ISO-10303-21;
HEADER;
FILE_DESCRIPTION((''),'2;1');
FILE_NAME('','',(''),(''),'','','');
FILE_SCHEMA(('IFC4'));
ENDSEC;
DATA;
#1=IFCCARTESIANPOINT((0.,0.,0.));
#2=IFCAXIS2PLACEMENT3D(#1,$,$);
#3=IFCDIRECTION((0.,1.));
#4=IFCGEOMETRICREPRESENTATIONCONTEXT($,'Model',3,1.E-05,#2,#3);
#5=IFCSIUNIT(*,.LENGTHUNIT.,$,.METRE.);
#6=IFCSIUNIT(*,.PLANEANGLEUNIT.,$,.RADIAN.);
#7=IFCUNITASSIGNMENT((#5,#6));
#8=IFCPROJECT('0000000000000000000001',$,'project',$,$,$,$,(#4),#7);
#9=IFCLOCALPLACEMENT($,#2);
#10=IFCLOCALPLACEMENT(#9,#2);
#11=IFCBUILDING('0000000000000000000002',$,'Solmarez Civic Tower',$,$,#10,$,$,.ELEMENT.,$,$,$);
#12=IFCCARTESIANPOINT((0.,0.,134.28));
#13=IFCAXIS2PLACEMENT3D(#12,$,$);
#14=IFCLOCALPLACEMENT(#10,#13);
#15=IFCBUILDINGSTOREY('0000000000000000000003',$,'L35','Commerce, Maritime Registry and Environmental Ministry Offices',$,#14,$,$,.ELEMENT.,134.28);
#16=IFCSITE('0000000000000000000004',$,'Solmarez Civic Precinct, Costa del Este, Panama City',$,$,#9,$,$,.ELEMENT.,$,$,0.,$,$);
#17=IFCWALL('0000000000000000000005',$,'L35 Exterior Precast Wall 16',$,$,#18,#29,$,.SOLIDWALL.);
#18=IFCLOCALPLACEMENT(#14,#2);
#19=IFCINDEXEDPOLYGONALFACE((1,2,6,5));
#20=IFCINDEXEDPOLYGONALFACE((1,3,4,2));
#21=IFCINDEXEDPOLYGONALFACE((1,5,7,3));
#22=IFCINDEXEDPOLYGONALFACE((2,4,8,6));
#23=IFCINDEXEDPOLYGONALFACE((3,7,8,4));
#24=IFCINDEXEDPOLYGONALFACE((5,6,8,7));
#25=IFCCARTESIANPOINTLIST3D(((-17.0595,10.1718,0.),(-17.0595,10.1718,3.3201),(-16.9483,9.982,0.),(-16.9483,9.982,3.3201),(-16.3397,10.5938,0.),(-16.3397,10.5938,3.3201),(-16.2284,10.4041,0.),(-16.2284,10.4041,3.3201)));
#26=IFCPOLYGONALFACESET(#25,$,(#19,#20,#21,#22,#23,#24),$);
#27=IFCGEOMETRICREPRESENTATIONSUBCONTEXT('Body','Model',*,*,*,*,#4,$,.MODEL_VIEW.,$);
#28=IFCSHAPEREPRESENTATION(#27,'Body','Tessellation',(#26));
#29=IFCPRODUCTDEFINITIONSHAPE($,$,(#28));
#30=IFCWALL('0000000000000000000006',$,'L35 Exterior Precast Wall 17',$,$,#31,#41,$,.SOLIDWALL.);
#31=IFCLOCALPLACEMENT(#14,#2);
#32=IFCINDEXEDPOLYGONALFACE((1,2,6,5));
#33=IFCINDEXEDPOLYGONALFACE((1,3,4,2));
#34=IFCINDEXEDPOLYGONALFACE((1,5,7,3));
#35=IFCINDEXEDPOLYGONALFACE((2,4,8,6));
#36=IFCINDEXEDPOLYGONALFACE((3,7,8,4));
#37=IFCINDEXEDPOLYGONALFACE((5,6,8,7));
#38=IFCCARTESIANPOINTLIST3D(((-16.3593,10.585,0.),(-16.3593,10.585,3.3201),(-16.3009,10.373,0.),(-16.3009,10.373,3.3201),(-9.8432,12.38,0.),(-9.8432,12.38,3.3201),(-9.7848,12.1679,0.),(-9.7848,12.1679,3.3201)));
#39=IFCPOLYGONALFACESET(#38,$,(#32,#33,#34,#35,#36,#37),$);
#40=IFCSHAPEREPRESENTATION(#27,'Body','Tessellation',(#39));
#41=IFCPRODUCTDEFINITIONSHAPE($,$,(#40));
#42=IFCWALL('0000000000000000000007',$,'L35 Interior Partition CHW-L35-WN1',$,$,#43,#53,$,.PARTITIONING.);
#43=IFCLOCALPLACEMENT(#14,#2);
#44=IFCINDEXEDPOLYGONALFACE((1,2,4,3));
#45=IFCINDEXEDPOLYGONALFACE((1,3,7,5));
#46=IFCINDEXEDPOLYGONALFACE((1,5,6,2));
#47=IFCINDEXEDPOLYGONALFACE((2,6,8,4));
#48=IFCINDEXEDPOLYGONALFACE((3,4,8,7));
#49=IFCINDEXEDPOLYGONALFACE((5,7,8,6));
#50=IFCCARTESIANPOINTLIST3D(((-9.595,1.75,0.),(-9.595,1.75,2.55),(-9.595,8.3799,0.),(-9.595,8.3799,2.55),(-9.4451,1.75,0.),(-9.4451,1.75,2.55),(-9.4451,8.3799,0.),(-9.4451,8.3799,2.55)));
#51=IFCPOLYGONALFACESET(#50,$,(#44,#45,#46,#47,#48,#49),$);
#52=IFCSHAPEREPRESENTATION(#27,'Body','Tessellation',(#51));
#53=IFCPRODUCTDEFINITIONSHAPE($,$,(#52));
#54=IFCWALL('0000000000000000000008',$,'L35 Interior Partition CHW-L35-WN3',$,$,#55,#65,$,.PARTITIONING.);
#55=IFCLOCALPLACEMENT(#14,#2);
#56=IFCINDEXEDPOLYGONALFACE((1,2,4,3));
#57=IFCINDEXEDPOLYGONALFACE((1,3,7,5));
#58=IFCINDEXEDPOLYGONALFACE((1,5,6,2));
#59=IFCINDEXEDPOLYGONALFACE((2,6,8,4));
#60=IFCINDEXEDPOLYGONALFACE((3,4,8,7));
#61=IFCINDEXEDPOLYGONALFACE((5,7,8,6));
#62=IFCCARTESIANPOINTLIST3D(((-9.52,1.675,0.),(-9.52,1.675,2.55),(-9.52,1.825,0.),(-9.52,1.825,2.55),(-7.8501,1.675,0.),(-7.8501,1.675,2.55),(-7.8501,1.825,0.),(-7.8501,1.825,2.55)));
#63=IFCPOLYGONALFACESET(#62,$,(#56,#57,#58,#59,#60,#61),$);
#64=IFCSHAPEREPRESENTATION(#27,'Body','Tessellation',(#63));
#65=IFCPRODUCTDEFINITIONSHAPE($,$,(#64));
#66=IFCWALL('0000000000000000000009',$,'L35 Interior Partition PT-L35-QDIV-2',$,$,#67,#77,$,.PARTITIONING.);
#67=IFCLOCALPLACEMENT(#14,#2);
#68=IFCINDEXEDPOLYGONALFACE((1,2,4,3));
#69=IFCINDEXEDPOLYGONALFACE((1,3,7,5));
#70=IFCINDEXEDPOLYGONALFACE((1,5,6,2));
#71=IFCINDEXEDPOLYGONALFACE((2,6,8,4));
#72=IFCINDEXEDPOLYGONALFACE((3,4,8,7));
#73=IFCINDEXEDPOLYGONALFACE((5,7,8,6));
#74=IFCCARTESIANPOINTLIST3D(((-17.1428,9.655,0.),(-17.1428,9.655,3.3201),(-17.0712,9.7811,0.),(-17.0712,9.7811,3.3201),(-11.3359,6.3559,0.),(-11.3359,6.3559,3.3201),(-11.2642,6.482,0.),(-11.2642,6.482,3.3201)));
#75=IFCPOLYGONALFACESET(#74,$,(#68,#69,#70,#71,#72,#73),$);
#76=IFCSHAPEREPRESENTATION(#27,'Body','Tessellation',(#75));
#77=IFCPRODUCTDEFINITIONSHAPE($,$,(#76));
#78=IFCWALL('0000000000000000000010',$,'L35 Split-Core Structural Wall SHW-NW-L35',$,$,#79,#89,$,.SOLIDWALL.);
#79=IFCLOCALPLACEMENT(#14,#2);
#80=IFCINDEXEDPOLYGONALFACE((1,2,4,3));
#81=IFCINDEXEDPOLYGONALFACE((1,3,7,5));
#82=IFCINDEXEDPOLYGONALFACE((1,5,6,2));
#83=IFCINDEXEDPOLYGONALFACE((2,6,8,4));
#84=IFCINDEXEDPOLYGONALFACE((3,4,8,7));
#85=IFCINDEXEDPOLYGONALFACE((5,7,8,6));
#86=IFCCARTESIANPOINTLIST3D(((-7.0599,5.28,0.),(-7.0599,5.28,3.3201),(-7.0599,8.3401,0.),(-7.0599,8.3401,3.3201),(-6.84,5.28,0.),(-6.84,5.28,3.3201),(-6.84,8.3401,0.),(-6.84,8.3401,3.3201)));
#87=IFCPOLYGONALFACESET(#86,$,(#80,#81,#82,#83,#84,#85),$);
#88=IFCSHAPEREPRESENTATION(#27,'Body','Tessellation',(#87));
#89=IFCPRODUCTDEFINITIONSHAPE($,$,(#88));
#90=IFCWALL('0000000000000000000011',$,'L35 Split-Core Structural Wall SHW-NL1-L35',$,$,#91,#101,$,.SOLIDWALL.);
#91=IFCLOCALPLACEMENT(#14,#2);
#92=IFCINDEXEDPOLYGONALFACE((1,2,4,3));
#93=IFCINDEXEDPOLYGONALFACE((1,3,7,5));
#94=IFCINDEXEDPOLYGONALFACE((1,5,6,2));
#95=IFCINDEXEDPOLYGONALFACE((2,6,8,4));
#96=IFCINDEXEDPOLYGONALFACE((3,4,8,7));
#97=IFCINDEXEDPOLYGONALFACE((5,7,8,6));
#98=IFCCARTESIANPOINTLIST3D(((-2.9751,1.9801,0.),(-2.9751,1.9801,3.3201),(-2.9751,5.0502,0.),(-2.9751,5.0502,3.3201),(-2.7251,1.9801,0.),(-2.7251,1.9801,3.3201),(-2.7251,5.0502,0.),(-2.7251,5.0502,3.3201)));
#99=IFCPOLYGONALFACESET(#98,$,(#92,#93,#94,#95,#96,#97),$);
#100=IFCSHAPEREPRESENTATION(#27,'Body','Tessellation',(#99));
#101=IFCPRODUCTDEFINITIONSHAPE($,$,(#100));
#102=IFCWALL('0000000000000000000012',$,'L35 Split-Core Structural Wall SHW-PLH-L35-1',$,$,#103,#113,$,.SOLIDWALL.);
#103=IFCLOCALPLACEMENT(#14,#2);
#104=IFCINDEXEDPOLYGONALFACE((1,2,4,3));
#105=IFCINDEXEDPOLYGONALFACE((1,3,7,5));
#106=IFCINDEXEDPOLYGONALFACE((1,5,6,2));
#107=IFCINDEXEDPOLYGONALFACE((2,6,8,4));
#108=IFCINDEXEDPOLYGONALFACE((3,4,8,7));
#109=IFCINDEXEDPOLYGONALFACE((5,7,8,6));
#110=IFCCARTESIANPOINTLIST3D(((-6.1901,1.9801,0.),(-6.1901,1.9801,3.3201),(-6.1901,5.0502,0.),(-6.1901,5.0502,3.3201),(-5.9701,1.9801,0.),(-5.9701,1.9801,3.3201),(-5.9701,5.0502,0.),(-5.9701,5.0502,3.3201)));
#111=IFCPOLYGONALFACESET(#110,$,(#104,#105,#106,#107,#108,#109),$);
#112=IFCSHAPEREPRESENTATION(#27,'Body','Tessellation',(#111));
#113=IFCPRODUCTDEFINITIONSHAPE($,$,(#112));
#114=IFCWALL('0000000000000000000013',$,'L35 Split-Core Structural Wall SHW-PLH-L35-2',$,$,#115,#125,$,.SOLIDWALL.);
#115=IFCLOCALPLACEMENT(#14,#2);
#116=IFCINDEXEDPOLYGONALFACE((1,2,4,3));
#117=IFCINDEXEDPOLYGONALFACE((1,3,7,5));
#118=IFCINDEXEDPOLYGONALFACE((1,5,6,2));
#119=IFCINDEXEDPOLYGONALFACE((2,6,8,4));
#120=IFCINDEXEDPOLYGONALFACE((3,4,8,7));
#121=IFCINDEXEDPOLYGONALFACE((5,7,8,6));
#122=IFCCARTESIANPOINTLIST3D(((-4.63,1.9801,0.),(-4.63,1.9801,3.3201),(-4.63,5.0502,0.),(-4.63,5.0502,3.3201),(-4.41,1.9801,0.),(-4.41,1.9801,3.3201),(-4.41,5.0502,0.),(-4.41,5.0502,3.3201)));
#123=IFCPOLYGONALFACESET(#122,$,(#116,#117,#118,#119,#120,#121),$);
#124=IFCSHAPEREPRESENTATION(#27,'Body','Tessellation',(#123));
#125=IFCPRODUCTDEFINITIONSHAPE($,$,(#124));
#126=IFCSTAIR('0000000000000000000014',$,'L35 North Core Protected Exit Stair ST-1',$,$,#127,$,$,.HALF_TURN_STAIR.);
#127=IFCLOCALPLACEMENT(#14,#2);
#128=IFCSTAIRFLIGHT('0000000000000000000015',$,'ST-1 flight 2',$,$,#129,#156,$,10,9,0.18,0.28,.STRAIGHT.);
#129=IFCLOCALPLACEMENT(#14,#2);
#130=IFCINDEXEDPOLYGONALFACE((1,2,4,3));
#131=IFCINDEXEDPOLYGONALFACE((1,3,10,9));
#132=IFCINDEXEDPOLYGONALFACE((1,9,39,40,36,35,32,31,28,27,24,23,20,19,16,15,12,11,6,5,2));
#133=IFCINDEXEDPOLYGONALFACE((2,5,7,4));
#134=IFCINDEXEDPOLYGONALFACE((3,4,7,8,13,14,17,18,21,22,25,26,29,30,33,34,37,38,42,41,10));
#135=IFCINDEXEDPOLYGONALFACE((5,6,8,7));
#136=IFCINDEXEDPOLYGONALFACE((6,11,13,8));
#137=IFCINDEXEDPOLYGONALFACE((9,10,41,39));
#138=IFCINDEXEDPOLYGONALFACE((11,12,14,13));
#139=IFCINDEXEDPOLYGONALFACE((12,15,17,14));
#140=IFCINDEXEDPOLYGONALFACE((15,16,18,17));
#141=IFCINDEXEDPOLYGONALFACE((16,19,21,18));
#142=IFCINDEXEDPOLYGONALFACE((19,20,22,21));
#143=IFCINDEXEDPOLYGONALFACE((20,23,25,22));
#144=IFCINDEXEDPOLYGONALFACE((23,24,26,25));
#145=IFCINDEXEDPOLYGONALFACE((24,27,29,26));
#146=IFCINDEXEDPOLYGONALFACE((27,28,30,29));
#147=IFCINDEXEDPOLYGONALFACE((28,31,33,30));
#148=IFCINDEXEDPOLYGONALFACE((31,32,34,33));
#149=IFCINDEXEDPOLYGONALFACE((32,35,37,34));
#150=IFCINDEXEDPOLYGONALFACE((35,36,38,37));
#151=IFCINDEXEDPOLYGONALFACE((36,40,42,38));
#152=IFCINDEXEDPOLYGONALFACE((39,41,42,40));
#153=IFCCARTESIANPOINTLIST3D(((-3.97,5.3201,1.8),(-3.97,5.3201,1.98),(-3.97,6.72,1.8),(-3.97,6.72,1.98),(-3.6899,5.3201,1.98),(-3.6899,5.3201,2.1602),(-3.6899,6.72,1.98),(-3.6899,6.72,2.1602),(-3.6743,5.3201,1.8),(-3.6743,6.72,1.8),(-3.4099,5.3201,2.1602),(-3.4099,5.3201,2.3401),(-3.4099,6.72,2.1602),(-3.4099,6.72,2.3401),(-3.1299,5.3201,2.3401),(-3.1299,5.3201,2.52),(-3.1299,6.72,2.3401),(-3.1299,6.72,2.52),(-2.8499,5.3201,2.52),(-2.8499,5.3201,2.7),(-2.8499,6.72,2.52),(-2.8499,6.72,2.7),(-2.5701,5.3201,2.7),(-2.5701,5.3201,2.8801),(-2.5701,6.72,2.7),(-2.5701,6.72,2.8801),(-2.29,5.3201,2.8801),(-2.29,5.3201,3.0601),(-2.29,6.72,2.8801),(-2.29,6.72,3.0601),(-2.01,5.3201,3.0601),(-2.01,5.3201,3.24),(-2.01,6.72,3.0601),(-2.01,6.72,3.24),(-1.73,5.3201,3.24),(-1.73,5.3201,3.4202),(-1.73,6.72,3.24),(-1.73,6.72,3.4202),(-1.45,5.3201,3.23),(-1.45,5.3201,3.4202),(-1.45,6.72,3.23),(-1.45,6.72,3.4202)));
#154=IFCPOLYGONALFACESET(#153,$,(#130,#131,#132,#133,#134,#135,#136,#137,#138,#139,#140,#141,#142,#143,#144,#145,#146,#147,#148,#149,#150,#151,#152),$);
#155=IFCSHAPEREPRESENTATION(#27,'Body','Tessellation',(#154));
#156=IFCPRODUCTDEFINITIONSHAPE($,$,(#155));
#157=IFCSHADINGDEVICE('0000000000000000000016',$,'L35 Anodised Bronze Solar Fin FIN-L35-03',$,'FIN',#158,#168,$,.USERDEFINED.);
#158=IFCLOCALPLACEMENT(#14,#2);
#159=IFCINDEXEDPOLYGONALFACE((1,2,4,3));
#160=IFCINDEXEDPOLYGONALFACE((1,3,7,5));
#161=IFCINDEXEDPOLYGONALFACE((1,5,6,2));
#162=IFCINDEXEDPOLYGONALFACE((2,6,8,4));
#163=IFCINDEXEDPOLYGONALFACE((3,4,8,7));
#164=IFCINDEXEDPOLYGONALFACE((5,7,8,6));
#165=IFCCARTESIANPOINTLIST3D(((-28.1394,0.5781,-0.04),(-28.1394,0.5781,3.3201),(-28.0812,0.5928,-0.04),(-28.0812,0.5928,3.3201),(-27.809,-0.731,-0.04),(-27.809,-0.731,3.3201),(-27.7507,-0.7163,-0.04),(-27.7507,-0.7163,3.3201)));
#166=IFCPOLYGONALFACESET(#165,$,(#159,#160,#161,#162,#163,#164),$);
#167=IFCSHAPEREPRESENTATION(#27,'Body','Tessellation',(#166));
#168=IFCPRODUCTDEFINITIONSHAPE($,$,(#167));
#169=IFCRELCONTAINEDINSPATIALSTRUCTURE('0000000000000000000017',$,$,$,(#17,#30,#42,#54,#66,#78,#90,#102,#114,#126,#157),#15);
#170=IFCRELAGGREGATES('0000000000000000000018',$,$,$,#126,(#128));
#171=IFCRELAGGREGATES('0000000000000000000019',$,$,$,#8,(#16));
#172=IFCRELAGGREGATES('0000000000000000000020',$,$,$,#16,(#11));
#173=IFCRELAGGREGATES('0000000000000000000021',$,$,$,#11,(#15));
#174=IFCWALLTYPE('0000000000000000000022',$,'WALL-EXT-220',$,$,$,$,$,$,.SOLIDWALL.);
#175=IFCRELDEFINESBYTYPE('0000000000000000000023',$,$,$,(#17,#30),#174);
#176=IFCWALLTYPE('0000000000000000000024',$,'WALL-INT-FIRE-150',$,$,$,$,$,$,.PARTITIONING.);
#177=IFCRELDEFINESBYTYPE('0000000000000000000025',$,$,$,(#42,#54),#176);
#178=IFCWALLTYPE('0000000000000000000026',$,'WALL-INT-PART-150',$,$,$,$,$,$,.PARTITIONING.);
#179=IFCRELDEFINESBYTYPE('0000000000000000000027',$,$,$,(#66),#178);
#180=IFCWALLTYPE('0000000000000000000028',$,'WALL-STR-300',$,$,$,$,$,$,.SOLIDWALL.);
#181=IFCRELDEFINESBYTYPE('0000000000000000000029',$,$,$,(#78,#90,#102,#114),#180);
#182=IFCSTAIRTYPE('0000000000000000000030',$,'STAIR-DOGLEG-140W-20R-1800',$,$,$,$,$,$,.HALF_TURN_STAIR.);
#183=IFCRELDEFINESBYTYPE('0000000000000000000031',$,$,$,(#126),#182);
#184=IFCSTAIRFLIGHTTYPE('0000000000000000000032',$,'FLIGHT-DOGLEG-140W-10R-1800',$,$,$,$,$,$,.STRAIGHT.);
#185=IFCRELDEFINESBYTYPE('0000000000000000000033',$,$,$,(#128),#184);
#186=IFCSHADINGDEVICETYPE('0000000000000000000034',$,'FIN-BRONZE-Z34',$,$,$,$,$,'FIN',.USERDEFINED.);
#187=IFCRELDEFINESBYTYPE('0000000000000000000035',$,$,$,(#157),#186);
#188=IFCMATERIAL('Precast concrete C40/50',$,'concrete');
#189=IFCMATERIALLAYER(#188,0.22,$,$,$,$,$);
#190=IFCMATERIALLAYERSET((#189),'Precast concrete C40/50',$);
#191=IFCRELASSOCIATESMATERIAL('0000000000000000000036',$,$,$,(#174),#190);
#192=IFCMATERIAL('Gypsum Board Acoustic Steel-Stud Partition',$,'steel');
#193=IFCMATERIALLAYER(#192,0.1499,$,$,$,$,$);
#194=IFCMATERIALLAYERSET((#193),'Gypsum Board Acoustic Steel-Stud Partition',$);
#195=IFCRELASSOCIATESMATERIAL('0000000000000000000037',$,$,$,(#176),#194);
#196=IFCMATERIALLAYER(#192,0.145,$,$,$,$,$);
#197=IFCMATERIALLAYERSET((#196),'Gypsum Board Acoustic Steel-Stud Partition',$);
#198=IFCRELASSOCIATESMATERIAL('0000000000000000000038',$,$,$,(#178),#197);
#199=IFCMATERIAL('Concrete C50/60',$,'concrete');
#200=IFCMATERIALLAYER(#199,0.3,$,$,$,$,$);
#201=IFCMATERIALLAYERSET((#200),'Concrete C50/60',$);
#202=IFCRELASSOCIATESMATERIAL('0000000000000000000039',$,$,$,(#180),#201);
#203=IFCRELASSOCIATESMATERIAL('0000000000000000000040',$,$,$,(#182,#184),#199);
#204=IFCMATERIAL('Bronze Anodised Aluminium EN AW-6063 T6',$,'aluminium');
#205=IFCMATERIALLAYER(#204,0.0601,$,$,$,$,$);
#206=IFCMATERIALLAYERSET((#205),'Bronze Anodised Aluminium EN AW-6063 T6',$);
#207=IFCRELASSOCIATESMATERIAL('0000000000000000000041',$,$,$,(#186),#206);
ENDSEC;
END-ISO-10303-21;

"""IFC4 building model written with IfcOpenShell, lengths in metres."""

from ifc_helpers import new_model, si_unit, direction, frame, frame_2d, origin, origin_2d, place, context, subcontext, project, spatial, polyline, rectangle, outline, extrude, material, layer, layer_set, type_object, element, aggregate, save


model = new_model("IFC4")

# Units and contexts
model_context = context("Model", 3, precision=1e-05, world=origin(), true_north=direction((0.0, 1.0)))
body_context = subcontext(model_context, "Body", "Model", "MODEL_VIEW")
ifc_project = project(units=[si_unit("LENGTHUNIT", "METRE"), si_unit("PLANEANGLEUNIT", "RADIAN")], contexts=[model_context])

# Site, building, storey
site_placement = place(None, origin())
site = spatial("IfcSite", under=ifc_project, at=site_placement, Name="Solmarez Civic Precinct, Costa del Este, Panama City", CompositionType="ELEMENT", RefElevation=0.0)
building_placement = place(site_placement, origin())
building = spatial("IfcBuilding", under=site, at=building_placement, Name="Solmarez Civic Tower", CompositionType="ELEMENT")
storey_placement = place(building_placement, frame((0.0, 0.0, 134.28)))
storey = spatial("IfcBuildingStorey", under=building, at=storey_placement, Name="L35", Description="Commerce, Maritime Registry and Environmental Ministry Offices", CompositionType="ELEMENT", Elevation=134.28)

# Shared definitions
ifc_material_1 = material(Name="Concrete C50/60", Category="concrete")

# Shared definitions
ifc_material_2 = material(Name="Precast concrete C40/50", Category="concrete")
ifc_layer_1 = layer(ifc_material_2, 0.22)
ifc_layer_set_1 = layer_set([ifc_layer_1], Name="Precast concrete C40/50")
wall_type_1 = type_object("IfcWallType", Name="WALL-EXT-220", PredefinedType="SOLIDWALL", material=ifc_layer_set_1)

# Walls
wall_1_placement = place(storey_placement, frame((-17.0039, 10.0769, 0.0), z_axis=(0.0, 0.0, 1.0), x_axis=(0.862663, 0.50578, 0.0)))
element("IfcWall", 1, at=wall_1_placement, inside=storey, type_object=wall_type_1, Name="L35 Exterior Precast Wall 16", PredefinedType="SOLIDWALL", context=body_context, shape_type="SweptSolid", body=[
    extrude(rectangle(XDim=0.8345, YDim=0.22, at=frame_2d((0.4172, 0.0))), origin(), (0.0, 0.0, 1.0), 3.3201),
])
wall_2_placement = place(storey_placement, frame((-16.3301, 10.479, 0.0), z_axis=(0.0, 0.0, 1.0), x_axis=(0.964092, 0.265568, 0.0)))
element("IfcWall", 2, at=wall_2_placement, inside=storey, type_object=wall_type_1, Name="L35 Exterior Precast Wall 17", PredefinedType="SOLIDWALL", context=body_context, shape_type="SweptSolid", body=[
    extrude(rectangle(XDim=6.7588, YDim=0.22, at=frame_2d((3.3794, 0.0))), origin(), (0.0, 0.0, 1.0), 3.3201),
])
ifc_material_3 = material(Name="Gypsum Board Acoustic Steel-Stud Partition", Category="steel")
ifc_layer_2 = layer(ifc_material_3, 0.1499)
ifc_layer_set_2 = layer_set([ifc_layer_2], Name="Gypsum Board Acoustic Steel-Stud Partition")
wall_type_2 = type_object("IfcWallType", Name="WALL-INT-FIRE-150", PredefinedType="PARTITIONING", material=ifc_layer_set_2)
wall_3_placement = place(storey_placement, frame((-9.52, 1.75, 0.0), z_axis=(0.0, 0.0, 1.0), x_axis=(0.0, 1.0, 0.0)))
element("IfcWall", 3, at=wall_3_placement, inside=storey, type_object=wall_type_2, Name="L35 Interior Partition CHW-L35-WN1", PredefinedType="PARTITIONING", context=body_context, shape_type="SweptSolid", body=[
    extrude(rectangle(XDim=6.6299, YDim=0.1499, at=frame_2d((3.3149, 0.0))), origin(), (0.0, 0.0, 1.0), 2.55),
])
wall_4_placement = place(storey_placement, frame((-7.8501, 1.75, 0.0), z_axis=(0.0, 0.0, 1.0), x_axis=(-1.0, 0.0, 0.0)))
element("IfcWall", 4, at=wall_4_placement, inside=storey, type_object=wall_type_2, Name="L35 Interior Partition CHW-L35-WN3", PredefinedType="PARTITIONING", context=body_context, shape_type="SweptSolid", body=[
    extrude(rectangle(XDim=1.6699, YDim=0.1499, at=frame_2d((0.835, 0.0))), origin(), (0.0, 0.0, 1.0), 2.55),
])
ifc_layer_3 = layer(ifc_material_3, 0.145)
ifc_layer_set_3 = layer_set([ifc_layer_3], Name="Gypsum Board Acoustic Steel-Stud Partition")
wall_type_3 = type_object("IfcWallType", Name="WALL-INT-PART-150", PredefinedType="PARTITIONING", material=ifc_layer_set_3)
wall_5_placement = place(storey_placement, frame((-11.3, 6.4189, 0.0), z_axis=(0.0, 0.0, 1.0), x_axis=(-0.869475, 0.493976, 0.0)))
element("IfcWall", 5, at=wall_5_placement, inside=storey, type_object=wall_type_3, Name="L35 Interior Partition PT-L35-QDIV-2", PredefinedType="PARTITIONING", context=body_context, shape_type="SweptSolid", body=[
    extrude(rectangle(XDim=6.6787, YDim=0.145, at=frame_2d((3.3394, 0.0))), origin(), (0.0, 0.0, 1.0), 3.3201),
])
ifc_layer_4 = layer(ifc_material_1, 0.3)
ifc_layer_set_4 = layer_set([ifc_layer_4], Name="Concrete C50/60")
wall_type_4 = type_object("IfcWallType", Name="WALL-STR-300", PredefinedType="SOLIDWALL", material=ifc_layer_set_4)
wall_6_placement = place(storey_placement, frame((-6.95, 5.28, 0.0), z_axis=(0.0, 0.0, 1.0), x_axis=(0.0, 1.0, 0.0)))
element("IfcWall", 6, at=wall_6_placement, inside=storey, type_object=wall_type_4, Name="L35 Split-Core Structural Wall SHW-NW-L35", PredefinedType="SOLIDWALL", context=body_context, shape_type="SweptSolid", body=[
    extrude(rectangle(XDim=3.0601, YDim=0.22, at=frame_2d((1.53, 0.0))), origin(), (0.0, 0.0, 1.0), 3.3201),
])
wall_7_placement = place(storey_placement, frame((-2.8501, 1.98, 0.0), z_axis=(0.0, 0.0, 1.0), x_axis=(0.0, 1.0, 0.0)))
element("IfcWall", 7, at=wall_7_placement, inside=storey, type_object=wall_type_4, Name="L35 Split-Core Structural Wall SHW-NL1-L35", PredefinedType="SOLIDWALL", context=body_context, shape_type="SweptSolid", body=[
    extrude(rectangle(XDim=3.0701, YDim=0.25, at=frame_2d((1.5352, 0.0))), origin(), (0.0, 0.0, 1.0), 3.3201),
])
for number, where, z_axis, x_axis, name in (
    (8, (-6.0801, 1.98, 0.0), (0.0, 0.0, 1.0), (0.0, 1.0, 0.0), "L35 Split-Core Structural Wall SHW-PLH-L35-1"),
    (9, (-4.52, 1.98, 0.0), (0.0, 0.0, 1.0), (0.0, 1.0, 0.0), "L35 Split-Core Structural Wall SHW-PLH-L35-2"),
):
    element("IfcWall", number, at=place(storey_placement, frame(where, z_axis=z_axis, x_axis=x_axis)), inside=storey, type_object=wall_type_4, Name=name, PredefinedType="SOLIDWALL", context=body_context, shape_type="SweptSolid", body=[
        extrude(rectangle(XDim=3.0701, YDim=0.22, at=frame_2d((1.5352, 0.0))), origin(), (0.0, 0.0, 1.0), 3.3201),
    ])

# Stair, stair flight
stair_type = type_object("IfcStairType", Name="STAIR-DOGLEG-140W-20R-1800", PredefinedType="HALF_TURN_STAIR", material=ifc_material_1)
stair_placement = place(storey_placement, origin())
stair = element("IfcStair", 10, at=stair_placement, inside=storey, type_object=stair_type, Name="L35 North Core Protected Exit Stair ST-1", PredefinedType="HALF_TURN_STAIR")
stair_flight_type = type_object("IfcStairFlightType", Name="FLIGHT-DOGLEG-140W-10R-1800", PredefinedType="STRAIGHT", material=ifc_material_1)
stair_flight_placement = place(storey_placement, frame((-3.97, 6.02, 1.8), z_axis=(0.0, 0.0, 1.0), x_axis=(1.0, 0.0, 0.0)))
stair_flight = element("IfcStairFlight", 11, at=stair_flight_placement, type_object=stair_flight_type, Name="ST-1 flight 2", NumberOfRisers=10, NumberOfTreads=9, PredefinedType="STRAIGHT", RiserHeight=0.18, TreadLength=0.28, context=body_context, shape_type="SweptSolid", body=[
    extrude(outline(polyline([(0.0, 0.0), (0.0, 0.1799), (0.28, 0.1799), (0.28, 0.3601), (0.5601, 0.3601), (0.5601, 0.54), (0.8401, 0.54), (0.8401, 0.72), (1.1201, 0.72), (1.1201, 0.8999), (1.3999, 0.8999), (1.3999, 1.0801), (1.6799, 1.0801), (1.6799, 1.26), (1.96, 1.26), (1.96, 1.4399), (2.24, 1.4399), (2.24, 1.6201), (2.52, 1.6201), (2.52, 1.8), (2.52, 1.4299), (0.2957, 0.0), (0.0, 0.0)])), frame((0.0, 0.7, 0.0), z_axis=(0.0, -1.0, 0.0), x_axis=(1.0, 0.0, 0.0)), (0.0, 0.0, 1.0), 1.3999),
])
aggregate(stair, [stair_flight])

# Shading device
ifc_material_4 = material(Name="Bronze Anodised Aluminium EN AW-6063 T6", Category="aluminium")
ifc_layer_5 = layer(ifc_material_4, 0.0601)
ifc_layer_set_5 = layer_set([ifc_layer_5], Name="Bronze Anodised Aluminium EN AW-6063 T6")
shading_device_type = type_object("IfcShadingDeviceType", Name="FIN-BRONZE-Z34", ElementType="FIN", PredefinedType="USERDEFINED", material=ifc_layer_set_5)
shading_device_placement = place(storey_placement, frame((-27.9451, -0.0691, -0.04), z_axis=(0.0, 0.0, 1.0), x_axis=(-0.244766, 0.969582, 0.0)))
element("IfcShadingDevice", 12, at=shading_device_placement, inside=storey, type_object=shading_device_type, Name="L35 Anodised Bronze Solar Fin FIN-L35-03", ObjectType="FIN", PredefinedType="USERDEFINED", context=body_context, shape_type="SweptSolid", body=[
    extrude(rectangle(XDim=1.3501, YDim=0.0601, at=origin_2d()), origin(), (0.0, 0.0, 1.0), 3.3601),
])

save(model, "model.ifc")
